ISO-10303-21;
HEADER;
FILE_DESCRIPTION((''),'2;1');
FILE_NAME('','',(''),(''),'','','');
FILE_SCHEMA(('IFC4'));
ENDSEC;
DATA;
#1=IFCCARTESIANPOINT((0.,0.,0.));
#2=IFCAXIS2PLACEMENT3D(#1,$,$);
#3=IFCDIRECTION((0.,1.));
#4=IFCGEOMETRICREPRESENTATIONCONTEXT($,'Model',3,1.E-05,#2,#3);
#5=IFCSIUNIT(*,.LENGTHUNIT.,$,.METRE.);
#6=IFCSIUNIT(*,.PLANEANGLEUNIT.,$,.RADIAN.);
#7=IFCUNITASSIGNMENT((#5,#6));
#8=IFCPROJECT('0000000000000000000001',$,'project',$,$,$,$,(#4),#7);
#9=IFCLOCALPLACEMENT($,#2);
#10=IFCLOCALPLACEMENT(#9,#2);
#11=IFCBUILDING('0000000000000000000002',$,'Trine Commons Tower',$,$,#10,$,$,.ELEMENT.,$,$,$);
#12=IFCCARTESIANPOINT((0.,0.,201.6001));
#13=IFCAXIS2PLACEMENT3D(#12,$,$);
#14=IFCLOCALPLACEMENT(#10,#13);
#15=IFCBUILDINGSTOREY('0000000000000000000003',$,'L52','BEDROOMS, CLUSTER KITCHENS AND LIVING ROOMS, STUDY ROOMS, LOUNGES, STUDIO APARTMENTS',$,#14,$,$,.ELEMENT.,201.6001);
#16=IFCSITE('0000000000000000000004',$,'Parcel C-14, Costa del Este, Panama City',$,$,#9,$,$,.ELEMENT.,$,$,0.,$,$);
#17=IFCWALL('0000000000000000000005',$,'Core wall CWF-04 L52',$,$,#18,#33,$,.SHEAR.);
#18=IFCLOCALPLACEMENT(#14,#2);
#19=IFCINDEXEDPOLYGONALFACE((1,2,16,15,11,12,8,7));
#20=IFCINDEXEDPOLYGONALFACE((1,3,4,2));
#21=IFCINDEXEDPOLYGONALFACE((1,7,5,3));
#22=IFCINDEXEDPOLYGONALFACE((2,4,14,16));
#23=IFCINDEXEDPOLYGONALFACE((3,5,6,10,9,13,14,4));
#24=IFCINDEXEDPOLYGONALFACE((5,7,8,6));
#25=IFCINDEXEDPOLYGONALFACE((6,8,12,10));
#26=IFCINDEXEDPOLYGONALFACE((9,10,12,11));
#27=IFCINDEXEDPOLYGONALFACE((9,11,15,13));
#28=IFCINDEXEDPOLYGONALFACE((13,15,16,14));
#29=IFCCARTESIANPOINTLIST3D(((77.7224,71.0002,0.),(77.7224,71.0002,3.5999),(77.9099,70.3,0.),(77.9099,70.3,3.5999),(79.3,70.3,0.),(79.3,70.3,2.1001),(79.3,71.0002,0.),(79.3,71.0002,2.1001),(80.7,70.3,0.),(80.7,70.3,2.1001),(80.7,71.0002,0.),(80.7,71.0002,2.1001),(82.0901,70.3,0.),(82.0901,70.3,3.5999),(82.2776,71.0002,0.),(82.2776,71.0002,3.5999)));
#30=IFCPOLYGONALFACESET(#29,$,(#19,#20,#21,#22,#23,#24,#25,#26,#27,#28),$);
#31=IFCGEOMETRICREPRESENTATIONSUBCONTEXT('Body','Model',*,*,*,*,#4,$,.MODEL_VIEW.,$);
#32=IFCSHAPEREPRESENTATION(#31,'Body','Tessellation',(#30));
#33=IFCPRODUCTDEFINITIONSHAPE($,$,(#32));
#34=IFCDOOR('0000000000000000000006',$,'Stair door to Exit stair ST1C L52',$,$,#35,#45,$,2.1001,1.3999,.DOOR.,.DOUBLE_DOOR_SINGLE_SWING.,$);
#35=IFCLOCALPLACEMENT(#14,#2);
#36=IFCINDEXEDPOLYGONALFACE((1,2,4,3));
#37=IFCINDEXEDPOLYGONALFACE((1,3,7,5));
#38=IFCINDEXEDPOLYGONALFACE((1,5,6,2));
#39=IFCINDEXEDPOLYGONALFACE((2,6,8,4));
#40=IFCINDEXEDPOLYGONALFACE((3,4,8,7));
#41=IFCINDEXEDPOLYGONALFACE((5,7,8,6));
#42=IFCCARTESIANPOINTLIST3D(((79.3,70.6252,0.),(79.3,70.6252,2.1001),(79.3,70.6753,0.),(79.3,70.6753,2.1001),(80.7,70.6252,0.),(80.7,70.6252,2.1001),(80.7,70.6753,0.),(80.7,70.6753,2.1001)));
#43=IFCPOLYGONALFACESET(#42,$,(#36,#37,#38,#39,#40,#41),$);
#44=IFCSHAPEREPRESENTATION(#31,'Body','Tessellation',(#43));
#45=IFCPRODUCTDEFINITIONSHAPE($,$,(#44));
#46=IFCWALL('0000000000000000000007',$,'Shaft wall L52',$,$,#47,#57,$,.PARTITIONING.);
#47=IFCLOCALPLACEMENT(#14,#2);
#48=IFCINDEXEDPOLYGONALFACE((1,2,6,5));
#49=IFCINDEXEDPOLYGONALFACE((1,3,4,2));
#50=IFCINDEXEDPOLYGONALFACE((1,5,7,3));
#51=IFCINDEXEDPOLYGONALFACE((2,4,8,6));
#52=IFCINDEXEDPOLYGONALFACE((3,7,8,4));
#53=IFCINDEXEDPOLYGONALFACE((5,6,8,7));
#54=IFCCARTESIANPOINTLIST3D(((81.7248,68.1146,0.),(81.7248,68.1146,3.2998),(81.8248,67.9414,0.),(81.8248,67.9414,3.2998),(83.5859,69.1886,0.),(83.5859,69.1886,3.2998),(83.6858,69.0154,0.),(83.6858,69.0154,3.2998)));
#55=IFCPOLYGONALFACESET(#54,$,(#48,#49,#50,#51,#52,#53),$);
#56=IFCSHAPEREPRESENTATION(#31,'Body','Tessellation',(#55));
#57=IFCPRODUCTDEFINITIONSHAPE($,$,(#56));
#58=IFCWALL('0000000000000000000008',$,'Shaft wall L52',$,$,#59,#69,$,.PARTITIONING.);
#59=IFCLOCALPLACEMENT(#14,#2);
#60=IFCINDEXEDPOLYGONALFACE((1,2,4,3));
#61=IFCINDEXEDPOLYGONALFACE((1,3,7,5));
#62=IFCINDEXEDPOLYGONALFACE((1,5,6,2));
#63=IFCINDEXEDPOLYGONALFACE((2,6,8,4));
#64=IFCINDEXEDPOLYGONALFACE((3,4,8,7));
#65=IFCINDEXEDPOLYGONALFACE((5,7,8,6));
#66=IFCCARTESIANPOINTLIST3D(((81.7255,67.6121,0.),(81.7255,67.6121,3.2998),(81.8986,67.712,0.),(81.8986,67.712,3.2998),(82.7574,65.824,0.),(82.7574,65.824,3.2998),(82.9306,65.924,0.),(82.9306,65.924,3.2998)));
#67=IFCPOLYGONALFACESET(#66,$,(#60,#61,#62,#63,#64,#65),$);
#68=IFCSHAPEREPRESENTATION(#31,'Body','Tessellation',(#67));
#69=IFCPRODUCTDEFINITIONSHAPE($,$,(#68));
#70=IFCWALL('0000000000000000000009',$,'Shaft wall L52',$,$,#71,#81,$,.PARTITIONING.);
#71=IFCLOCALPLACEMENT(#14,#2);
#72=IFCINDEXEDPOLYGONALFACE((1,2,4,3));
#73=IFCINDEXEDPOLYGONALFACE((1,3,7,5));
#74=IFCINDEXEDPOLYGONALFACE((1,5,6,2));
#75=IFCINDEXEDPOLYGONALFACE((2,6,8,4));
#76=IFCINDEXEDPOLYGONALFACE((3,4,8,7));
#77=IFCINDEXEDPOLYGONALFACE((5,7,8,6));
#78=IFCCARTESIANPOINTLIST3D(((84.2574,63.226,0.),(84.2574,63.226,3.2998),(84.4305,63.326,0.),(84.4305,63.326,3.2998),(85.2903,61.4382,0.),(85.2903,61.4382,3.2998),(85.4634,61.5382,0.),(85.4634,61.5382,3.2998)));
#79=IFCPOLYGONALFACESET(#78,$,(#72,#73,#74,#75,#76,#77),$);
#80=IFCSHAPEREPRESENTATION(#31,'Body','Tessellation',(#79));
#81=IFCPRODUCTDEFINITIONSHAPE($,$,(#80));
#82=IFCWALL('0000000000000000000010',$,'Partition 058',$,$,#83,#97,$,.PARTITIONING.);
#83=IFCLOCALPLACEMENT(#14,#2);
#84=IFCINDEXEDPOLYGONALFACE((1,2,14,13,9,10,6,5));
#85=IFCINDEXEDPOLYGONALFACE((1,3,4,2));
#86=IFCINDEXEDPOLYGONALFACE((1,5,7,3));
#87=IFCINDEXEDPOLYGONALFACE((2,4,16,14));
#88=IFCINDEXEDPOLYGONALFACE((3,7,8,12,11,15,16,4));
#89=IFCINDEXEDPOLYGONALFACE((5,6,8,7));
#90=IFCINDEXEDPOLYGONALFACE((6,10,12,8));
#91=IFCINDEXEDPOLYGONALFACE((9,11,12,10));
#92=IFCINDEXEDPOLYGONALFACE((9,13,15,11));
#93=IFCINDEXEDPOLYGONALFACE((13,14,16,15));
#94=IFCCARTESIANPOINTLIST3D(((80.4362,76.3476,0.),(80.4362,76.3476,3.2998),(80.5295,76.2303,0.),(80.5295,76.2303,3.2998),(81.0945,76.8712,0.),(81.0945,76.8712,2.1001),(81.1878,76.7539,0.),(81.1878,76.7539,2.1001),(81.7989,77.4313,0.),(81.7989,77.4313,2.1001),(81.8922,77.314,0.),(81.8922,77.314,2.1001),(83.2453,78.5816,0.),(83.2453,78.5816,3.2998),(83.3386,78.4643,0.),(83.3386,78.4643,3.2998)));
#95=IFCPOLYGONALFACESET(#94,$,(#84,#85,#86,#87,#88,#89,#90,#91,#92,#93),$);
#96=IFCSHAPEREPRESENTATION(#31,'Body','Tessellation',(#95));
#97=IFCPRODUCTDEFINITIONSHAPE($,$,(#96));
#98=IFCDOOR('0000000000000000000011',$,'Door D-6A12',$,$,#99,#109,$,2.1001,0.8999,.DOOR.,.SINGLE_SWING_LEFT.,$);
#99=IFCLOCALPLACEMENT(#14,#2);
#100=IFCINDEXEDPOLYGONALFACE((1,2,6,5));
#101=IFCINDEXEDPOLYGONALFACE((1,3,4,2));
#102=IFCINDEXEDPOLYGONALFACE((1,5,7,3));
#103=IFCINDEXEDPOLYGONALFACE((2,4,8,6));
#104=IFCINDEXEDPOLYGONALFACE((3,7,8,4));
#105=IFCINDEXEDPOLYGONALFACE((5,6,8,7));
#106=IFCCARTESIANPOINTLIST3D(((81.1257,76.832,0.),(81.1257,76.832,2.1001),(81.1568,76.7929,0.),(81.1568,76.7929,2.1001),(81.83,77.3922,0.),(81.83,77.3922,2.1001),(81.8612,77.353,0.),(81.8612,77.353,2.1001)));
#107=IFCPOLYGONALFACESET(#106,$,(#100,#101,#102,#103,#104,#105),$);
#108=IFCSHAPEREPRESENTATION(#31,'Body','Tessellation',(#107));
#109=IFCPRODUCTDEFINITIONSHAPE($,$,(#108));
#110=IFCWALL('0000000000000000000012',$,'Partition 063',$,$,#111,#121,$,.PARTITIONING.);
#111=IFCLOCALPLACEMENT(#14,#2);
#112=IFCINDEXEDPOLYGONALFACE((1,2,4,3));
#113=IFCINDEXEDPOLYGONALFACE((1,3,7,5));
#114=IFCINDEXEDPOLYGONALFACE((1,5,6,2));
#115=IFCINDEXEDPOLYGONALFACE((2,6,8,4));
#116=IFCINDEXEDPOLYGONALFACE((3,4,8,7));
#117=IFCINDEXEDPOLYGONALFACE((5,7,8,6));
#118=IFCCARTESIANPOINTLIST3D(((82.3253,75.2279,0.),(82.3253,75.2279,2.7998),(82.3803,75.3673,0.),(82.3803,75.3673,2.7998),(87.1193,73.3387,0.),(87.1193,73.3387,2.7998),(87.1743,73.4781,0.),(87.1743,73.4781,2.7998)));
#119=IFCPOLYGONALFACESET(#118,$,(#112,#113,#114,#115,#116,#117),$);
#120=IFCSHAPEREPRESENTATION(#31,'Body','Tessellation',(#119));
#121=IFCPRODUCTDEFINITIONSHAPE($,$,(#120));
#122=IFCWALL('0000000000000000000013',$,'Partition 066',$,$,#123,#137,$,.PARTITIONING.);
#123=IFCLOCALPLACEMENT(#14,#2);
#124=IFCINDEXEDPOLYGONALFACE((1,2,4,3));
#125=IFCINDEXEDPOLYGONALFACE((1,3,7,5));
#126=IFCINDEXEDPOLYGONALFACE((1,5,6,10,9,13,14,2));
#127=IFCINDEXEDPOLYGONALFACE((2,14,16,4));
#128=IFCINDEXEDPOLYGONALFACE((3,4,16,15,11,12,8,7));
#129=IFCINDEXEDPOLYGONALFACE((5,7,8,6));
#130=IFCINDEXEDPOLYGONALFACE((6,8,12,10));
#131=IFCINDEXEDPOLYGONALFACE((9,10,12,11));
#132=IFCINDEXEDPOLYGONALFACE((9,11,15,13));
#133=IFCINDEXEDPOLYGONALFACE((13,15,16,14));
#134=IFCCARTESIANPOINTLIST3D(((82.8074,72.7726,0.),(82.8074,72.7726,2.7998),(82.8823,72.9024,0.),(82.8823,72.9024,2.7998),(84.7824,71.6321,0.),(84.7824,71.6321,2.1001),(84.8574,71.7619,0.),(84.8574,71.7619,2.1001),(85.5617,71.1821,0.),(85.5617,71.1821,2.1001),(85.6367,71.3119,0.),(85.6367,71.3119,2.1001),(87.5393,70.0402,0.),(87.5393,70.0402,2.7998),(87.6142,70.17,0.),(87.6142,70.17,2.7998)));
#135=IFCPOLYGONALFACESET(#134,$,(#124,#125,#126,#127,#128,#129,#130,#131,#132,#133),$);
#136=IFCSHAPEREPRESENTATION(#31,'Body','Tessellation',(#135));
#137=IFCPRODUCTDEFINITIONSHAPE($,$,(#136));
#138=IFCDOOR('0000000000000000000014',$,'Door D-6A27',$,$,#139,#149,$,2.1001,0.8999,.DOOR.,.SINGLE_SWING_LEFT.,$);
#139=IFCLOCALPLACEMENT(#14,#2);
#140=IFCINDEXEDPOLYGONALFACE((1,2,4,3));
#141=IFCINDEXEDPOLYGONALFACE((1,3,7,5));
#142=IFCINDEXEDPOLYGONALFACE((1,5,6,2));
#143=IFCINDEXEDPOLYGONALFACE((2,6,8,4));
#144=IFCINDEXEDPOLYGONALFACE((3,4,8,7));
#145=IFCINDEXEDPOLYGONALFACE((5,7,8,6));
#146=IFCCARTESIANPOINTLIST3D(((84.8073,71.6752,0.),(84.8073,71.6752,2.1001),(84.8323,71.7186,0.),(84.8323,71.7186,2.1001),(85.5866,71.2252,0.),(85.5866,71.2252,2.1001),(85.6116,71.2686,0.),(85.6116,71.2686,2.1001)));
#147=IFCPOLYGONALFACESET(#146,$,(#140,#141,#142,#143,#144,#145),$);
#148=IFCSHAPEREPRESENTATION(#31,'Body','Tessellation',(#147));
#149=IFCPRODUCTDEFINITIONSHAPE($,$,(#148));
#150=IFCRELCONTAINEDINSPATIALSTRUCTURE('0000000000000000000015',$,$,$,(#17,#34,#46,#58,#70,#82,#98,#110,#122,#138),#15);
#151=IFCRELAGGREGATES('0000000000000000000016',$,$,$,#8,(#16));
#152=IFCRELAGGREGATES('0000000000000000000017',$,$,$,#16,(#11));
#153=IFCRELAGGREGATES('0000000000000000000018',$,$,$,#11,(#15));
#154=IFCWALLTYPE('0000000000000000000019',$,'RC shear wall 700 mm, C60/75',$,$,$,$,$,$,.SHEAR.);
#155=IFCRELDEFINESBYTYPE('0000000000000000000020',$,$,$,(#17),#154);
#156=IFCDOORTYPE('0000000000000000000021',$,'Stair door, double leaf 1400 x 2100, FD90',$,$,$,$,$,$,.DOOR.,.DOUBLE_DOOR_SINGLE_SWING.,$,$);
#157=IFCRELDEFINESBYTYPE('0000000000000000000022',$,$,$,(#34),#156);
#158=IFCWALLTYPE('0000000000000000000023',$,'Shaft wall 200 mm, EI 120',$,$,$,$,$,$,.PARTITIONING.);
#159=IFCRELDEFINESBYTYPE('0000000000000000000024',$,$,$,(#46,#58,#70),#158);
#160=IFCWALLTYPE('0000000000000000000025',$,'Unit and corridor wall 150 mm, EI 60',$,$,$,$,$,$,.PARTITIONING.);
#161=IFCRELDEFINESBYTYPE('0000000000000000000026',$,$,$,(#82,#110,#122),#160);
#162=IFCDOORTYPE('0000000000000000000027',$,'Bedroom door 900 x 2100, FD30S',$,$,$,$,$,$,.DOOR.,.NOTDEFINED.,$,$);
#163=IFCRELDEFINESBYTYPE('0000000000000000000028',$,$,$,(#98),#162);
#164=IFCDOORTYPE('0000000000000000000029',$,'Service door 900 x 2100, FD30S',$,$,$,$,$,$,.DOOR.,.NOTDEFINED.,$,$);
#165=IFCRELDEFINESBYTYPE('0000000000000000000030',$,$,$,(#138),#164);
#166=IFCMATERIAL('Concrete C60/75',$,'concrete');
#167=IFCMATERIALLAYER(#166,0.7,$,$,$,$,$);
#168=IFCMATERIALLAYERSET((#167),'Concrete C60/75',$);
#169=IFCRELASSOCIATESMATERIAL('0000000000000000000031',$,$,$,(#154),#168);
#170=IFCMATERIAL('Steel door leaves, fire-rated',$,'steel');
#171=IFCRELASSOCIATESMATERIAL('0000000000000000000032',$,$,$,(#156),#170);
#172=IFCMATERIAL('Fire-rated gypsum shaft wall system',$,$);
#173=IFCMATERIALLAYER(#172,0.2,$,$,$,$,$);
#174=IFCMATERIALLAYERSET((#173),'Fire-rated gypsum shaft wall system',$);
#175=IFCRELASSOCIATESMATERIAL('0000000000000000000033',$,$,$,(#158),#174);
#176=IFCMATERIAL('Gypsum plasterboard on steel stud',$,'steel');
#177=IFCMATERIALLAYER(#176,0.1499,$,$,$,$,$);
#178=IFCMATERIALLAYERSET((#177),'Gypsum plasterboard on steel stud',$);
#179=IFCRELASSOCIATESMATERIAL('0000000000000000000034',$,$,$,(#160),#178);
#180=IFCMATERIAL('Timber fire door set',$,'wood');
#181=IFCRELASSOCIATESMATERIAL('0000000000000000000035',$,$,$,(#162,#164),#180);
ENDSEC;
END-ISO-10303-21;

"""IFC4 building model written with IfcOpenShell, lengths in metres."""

from ifc_helpers import new_model, si_unit, direction, frame, frame_2d, origin, place, context, subcontext, project, spatial, polyline, rectangle, outline, extrude, material, layer, layer_set, type_object, element, fill, save


model = new_model("IFC4")

# Units and contexts
model_context = context("Model", 3, precision=1e-05, world=origin(), true_north=direction((0.0, 1.0)))
body_context = subcontext(model_context, "Body", "Model", "MODEL_VIEW")
ifc_project = project(units=[si_unit("LENGTHUNIT", "METRE"), si_unit("PLANEANGLEUNIT", "RADIAN")], contexts=[model_context])

# Site, building, storey
site_placement = place(None, origin())
site = spatial("IfcSite", under=ifc_project, at=site_placement, Name="Parcel C-14, Costa del Este, Panama City", CompositionType="ELEMENT", RefElevation=0.0)
building_placement = place(site_placement, origin())
building = spatial("IfcBuilding", under=site, at=building_placement, Name="Trine Commons Tower", CompositionType="ELEMENT")
storey_placement = place(building_placement, frame((0.0, 0.0, 201.6001)))
storey = spatial("IfcBuildingStorey", under=building, at=storey_placement, Name="L52", Description="BEDROOMS, CLUSTER KITCHENS AND LIVING ROOMS, STUDY ROOMS, LOUNGES, STUDIO APARTMENTS", CompositionType="ELEMENT", Elevation=201.6001)

# Shared definitions
ifc_material_1 = material(Name="Fire-rated gypsum shaft wall system")
ifc_material_2 = material(Name="Concrete C60/75", Category="concrete")

# Wall, opening, door
ifc_layer_1 = layer(ifc_material_2, 0.7)
ifc_layer_set_1 = layer_set([ifc_layer_1], Name="Concrete C60/75")
wall_type_1 = type_object("IfcWallType", Name="RC shear wall 700 mm, C60/75", PredefinedType="SHEAR", material=ifc_layer_set_1)
wall_1_placement = place(storey_placement, frame((82.2776, 70.6501, 0.0), z_axis=(0.0, 0.0, 1.0), x_axis=(-1.0, 0.0, 0.0)))
wall_1 = element("IfcWall", 1, at=wall_1_placement, inside=storey, type_object=wall_type_1, Name="Core wall CWF-04 L52", PredefinedType="SHEAR", context=body_context, shape_type="SweptSolid", body=[
    extrude(outline(polyline([(0.0, -0.3501), (4.5552, -0.3501), (4.3677, 0.3501), (0.1875, 0.3501), (0.0, -0.3501)])), origin(), (0.0, 0.0, 1.0), 3.5999),
])
opening_1_placement = place(wall_1_placement, frame((1.5776, 0.0, 0.0)))
opening_1 = element("IfcOpeningElement", 2, at=opening_1_placement, cuts=wall_1, PredefinedType="OPENING", context=body_context, shape_type="SweptSolid", body=[
    extrude(rectangle(XDim=1.3999, YDim=2.1001, at=frame_2d((0.7, 1.05))), frame((0.0, 0.3599, 0.0), z_axis=(0.0, -1.0, 0.0), x_axis=(1.0, 0.0, 0.0)), (0.0, 0.0, 1.0), 0.72),
])
ifc_material_3 = material(Name="Steel door leaves, fire-rated", Category="steel")
door_type_1 = type_object("IfcDoorType", Name="Stair door, double leaf 1400 x 2100, FD90", OperationType="DOUBLE_DOOR_SINGLE_SWING", PredefinedType="DOOR", material=ifc_material_3)
door_1_placement = place(opening_1_placement, origin())
door_1 = element("IfcDoor", 3, at=door_1_placement, inside=storey, type_object=door_type_1, Name="Stair door to Exit stair ST1C L52", OperationType="DOUBLE_DOOR_SINGLE_SWING", OverallHeight=2.1001, OverallWidth=1.3999, PredefinedType="DOOR", context=body_context, shape_type="SweptSolid", body=[
    extrude(rectangle(XDim=1.3999, YDim=2.1001, at=frame_2d((0.7, 1.05))), frame((0.0, 0.0249, 0.0), z_axis=(0.0, -1.0, 0.0), x_axis=(1.0, 0.0, 0.0)), (0.0, 0.0, 1.0), 0.05),
])
fill(opening_1, door_1)

# Walls
ifc_layer_2 = layer(ifc_material_1, 0.2)
ifc_layer_set_2 = layer_set([ifc_layer_2], Name="Fire-rated gypsum shaft wall system")
wall_type_2 = type_object("IfcWallType", Name="Shaft wall 200 mm, EI 120", PredefinedType="PARTITIONING", material=ifc_layer_set_2)
wall_2_placement = place(storey_placement, frame((81.7749, 68.0281, 0.0), z_axis=(0.0, 0.0, 1.0), x_axis=(0.866131, 0.499818, 0.0)))
element("IfcWall", 4, at=wall_2_placement, inside=storey, type_object=wall_type_2, Name="Shaft wall L52", PredefinedType="PARTITIONING", context=body_context, shape_type="SweptSolid", body=[
    extrude(rectangle(XDim=2.1487, YDim=0.2, at=frame_2d((1.0742, 0.0))), origin(), (0.0, 0.0, 1.0), 3.2998),
])
wall_3_placement = place(storey_placement, frame((82.844, 65.874, 0.0), z_axis=(0.0, 0.0, 1.0), x_axis=(-0.499866, 0.866103, 0.0)))
element("IfcWall", 5, at=wall_3_placement, inside=storey, type_object=wall_type_2, Name="Shaft wall L52", PredefinedType="PARTITIONING", context=body_context, shape_type="SweptSolid", body=[
    extrude(rectangle(XDim=2.0645, YDim=0.2, at=frame_2d((1.0322, 0.0))), origin(), (0.0, 0.0, 1.0), 3.2998),
])
wall_4_placement = place(storey_placement, frame((84.344, 63.2759, 0.0), z_axis=(0.0, 0.0, 1.0), x_axis=(0.500272, -0.865868, 0.0)))
element("IfcWall", 6, at=wall_4_placement, inside=storey, type_object=wall_type_2, Name="Shaft wall L52", PredefinedType="PARTITIONING", context=body_context, shape_type="SweptSolid", body=[
    extrude(rectangle(XDim=2.0647, YDim=0.2, at=frame_2d((1.0322, 0.0))), origin(), (0.0, 0.0, 1.0), 3.2998),
])

# Wall, opening, door
ifc_material_4 = material(Name="Gypsum plasterboard on steel stud", Category="steel")
ifc_layer_3 = layer(ifc_material_4, 0.1499)
ifc_layer_set_3 = layer_set([ifc_layer_3], Name="Gypsum plasterboard on steel stud")
wall_type_3 = type_object("IfcWallType", Name="Unit and corridor wall 150 mm, EI 60", PredefinedType="PARTITIONING", material=ifc_layer_set_3)
wall_5_placement = place(storey_placement, frame((80.4829, 76.2891, 0.0), z_axis=(0.0, 0.0, 1.0), x_axis=(0.782684, 0.622419, 0.0)))
wall_5 = element("IfcWall", 7, at=wall_5_placement, inside=storey, type_object=wall_type_3, Name="Partition 058", PredefinedType="PARTITIONING", context=body_context, shape_type="SweptSolid", body=[
    extrude(rectangle(XDim=3.5891, YDim=0.1499, at=frame_2d((1.7944, 0.0))), origin(), (0.0, 0.0, 1.0), 3.2998),
])
opening_2_placement = place(wall_5_placement, frame((0.8411, 0.0, 0.0)))
opening_2 = element("IfcOpeningElement", 8, at=opening_2_placement, cuts=wall_5, PredefinedType="OPENING", context=body_context, shape_type="SweptSolid", body=[
    extrude(rectangle(XDim=0.8999, YDim=2.1001, at=frame_2d((0.45, 1.05))), frame((0.0, 0.085, 0.0), z_axis=(0.0, -1.0, 0.0), x_axis=(1.0, 0.0, 0.0)), (0.0, 0.0, 1.0), 0.1699),
])
ifc_material_5 = material(Name="Timber fire door set", Category="wood")
door_type_2 = type_object("IfcDoorType", Name="Bedroom door 900 x 2100, FD30S", OperationType="NOTDEFINED", PredefinedType="DOOR", material=ifc_material_5)
door_2_placement = place(opening_2_placement, origin())
door_2 = element("IfcDoor", 9, at=door_2_placement, inside=storey, type_object=door_type_2, Name="Door D-6A12", OperationType="SINGLE_SWING_LEFT", OverallHeight=2.1001, OverallWidth=0.8999, PredefinedType="DOOR", context=body_context, shape_type="SweptSolid", body=[
    extrude(rectangle(XDim=0.8999, YDim=2.1001, at=frame_2d((0.45, 1.05))), frame((0.0, 0.0249, 0.0), z_axis=(0.0, -1.0, 0.0), x_axis=(1.0, 0.0, 0.0)), (0.0, 0.0, 1.0), 0.05),
])
fill(opening_2, door_2)

# Wall
wall_6_placement = place(storey_placement, frame((82.3528, 75.2976, 0.0), z_axis=(0.0, 0.0, 1.0), x_axis=(0.930366, -0.366631, 0.0)))
element("IfcWall", 10, at=wall_6_placement, inside=storey, type_object=wall_type_3, Name="Partition 063", PredefinedType="PARTITIONING", context=body_context, shape_type="SweptSolid", body=[
    extrude(rectangle(XDim=5.1528, YDim=0.1499, at=frame_2d((2.5764, 0.0))), origin(), (0.0, 0.0, 1.0), 2.7998),
])

# Wall, opening, door
wall_7_placement = place(storey_placement, frame((82.845, 72.8374, 0.0), z_axis=(0.0, 0.0, 1.0), x_axis=(0.865991, -0.50006, 0.0)))
wall_7 = element("IfcWall", 11, at=wall_7_placement, inside=storey, type_object=wall_type_3, Name="Partition 066", PredefinedType="PARTITIONING", context=body_context, shape_type="SweptSolid", body=[
    extrude(rectangle(XDim=5.4641, YDim=0.1499, at=frame_2d((2.7319, 0.0))), origin(), (0.0, 0.0, 1.0), 2.7998),
])
opening_3_placement = place(wall_7_placement, frame((2.2805, 0.0, 0.0)))
opening_3 = element("IfcOpeningElement", 12, at=opening_3_placement, cuts=wall_7, PredefinedType="OPENING", context=body_context, shape_type="SweptSolid", body=[
    extrude(rectangle(XDim=0.8999, YDim=2.1001, at=frame_2d((0.45, 1.05))), frame((0.0, 0.085, 0.0), z_axis=(0.0, -1.0, 0.0), x_axis=(1.0, 0.0, 0.0)), (0.0, 0.0, 1.0), 0.1699),
])
door_type_3 = type_object("IfcDoorType", Name="Service door 900 x 2100, FD30S", OperationType="NOTDEFINED", PredefinedType="DOOR", material=ifc_material_5)
door_3_placement = place(opening_3_placement, origin())
door_3 = element("IfcDoor", 13, at=door_3_placement, inside=storey, type_object=door_type_3, Name="Door D-6A27", OperationType="SINGLE_SWING_LEFT", OverallHeight=2.1001, OverallWidth=0.8999, PredefinedType="DOOR", context=body_context, shape_type="SweptSolid", body=[
    extrude(rectangle(XDim=0.8999, YDim=2.1001, at=frame_2d((0.45, 1.05))), frame((0.0, 0.0249, 0.0), z_axis=(0.0, -1.0, 0.0), x_axis=(1.0, 0.0, 0.0)), (0.0, 0.0, 1.0), 0.05),
])
fill(opening_3, door_3)

save(model, "model.ifc")
